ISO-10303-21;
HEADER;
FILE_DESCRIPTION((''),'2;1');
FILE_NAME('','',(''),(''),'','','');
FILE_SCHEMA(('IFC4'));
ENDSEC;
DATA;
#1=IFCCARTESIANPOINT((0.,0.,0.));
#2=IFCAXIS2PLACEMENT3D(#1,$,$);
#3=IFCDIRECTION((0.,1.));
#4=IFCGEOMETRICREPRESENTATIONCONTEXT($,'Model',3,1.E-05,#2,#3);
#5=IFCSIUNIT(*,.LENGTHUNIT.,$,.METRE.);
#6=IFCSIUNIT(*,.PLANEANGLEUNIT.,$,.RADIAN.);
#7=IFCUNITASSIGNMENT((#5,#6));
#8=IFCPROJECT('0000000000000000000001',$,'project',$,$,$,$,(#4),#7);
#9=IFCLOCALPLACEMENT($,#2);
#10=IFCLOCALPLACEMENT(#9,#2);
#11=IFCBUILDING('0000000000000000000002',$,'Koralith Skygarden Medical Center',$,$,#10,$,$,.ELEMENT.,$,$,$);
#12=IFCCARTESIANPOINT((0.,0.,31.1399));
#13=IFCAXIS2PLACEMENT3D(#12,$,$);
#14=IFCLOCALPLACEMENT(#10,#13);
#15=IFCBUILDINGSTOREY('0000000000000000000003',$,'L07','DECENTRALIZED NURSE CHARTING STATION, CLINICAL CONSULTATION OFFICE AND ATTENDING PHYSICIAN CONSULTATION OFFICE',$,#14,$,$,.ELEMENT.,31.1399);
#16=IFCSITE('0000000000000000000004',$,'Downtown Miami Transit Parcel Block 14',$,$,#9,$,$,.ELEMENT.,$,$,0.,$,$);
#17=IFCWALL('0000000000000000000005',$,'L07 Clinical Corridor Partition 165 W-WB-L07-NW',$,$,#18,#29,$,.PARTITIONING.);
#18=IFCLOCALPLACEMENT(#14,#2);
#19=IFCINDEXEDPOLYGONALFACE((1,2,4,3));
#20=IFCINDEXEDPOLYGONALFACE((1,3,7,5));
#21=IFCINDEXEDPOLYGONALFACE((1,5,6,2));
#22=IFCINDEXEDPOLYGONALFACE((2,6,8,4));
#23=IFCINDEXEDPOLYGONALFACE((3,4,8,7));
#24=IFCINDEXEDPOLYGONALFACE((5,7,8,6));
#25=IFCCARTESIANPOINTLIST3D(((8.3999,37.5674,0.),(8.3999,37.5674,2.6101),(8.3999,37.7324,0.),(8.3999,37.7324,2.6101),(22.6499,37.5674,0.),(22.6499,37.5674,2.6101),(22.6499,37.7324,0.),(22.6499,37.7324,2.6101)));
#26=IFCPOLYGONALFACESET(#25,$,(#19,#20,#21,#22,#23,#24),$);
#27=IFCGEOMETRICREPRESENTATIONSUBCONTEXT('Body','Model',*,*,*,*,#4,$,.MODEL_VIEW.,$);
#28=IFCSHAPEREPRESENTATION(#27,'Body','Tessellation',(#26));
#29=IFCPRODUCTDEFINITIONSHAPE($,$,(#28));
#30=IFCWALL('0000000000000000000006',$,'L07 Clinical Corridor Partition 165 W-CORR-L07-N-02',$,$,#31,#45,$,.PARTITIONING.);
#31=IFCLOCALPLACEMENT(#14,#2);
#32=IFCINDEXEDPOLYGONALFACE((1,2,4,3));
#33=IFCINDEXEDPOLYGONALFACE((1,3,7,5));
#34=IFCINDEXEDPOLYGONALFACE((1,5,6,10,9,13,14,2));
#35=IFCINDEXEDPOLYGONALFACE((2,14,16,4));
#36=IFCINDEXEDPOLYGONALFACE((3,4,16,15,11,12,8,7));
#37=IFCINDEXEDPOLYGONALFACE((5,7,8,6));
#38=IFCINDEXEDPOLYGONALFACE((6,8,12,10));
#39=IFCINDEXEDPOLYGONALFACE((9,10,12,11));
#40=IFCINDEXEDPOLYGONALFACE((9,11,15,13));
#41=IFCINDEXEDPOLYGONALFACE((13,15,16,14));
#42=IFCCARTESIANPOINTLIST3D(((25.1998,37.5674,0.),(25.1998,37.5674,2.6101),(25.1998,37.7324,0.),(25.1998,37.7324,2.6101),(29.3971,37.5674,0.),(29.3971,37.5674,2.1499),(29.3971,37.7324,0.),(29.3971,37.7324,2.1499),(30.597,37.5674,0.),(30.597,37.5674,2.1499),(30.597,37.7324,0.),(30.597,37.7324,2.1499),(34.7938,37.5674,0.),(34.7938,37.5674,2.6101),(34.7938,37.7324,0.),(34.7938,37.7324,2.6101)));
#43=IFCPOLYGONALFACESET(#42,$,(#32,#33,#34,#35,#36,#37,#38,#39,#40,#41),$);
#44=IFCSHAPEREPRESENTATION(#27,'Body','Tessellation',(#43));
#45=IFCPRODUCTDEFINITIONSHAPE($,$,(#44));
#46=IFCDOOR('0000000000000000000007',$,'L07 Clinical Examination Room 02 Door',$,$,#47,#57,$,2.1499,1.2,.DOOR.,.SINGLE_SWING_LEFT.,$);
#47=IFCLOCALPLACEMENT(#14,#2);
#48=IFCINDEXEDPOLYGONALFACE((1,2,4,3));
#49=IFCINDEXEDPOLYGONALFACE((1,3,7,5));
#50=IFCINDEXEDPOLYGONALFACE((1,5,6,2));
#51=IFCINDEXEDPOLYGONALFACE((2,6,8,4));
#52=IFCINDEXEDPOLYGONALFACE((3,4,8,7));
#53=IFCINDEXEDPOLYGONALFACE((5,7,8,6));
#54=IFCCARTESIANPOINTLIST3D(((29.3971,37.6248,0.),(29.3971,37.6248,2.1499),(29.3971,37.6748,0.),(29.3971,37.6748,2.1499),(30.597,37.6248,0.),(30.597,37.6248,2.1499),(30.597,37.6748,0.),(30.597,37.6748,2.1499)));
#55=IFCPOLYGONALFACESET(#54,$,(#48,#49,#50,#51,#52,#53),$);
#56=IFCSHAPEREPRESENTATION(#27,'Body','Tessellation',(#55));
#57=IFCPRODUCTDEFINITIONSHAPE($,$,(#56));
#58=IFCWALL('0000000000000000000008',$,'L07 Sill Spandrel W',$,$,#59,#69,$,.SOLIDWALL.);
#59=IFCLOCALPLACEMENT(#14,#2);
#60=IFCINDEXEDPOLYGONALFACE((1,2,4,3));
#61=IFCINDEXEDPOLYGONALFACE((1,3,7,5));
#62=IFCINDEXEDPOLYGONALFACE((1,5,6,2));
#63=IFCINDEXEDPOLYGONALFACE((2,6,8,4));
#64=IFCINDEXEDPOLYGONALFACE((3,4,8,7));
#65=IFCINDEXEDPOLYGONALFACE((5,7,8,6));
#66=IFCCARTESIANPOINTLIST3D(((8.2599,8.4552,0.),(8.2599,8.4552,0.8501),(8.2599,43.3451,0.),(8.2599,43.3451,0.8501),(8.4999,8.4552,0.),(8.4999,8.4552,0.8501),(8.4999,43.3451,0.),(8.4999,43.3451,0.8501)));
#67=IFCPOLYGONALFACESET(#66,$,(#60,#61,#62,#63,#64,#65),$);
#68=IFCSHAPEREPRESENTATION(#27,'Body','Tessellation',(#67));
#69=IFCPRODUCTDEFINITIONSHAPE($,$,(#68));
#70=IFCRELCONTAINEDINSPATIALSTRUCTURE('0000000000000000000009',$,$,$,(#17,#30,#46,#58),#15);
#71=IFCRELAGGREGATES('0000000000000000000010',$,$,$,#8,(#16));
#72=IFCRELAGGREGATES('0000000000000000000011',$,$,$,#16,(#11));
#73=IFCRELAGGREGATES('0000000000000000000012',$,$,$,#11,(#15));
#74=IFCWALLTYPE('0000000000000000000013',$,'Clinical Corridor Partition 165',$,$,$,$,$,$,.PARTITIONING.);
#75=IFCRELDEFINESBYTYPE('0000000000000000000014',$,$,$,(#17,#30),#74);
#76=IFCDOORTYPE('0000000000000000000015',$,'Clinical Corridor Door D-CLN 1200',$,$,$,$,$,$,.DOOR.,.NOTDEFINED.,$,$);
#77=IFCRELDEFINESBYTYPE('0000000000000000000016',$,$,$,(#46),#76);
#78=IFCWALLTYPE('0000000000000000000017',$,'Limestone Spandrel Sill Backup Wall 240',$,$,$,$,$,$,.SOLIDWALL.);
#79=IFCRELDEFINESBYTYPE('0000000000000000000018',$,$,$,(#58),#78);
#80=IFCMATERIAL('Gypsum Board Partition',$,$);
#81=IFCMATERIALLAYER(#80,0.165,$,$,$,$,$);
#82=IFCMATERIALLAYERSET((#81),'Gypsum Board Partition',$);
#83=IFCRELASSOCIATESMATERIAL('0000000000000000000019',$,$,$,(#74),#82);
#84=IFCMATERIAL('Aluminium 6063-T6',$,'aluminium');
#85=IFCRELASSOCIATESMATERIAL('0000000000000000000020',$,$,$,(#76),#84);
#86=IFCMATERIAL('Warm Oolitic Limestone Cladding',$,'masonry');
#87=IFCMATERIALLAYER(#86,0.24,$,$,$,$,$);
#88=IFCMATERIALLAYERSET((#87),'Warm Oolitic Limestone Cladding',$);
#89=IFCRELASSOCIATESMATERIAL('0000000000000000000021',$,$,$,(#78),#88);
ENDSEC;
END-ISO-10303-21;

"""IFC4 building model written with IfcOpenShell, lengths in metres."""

from ifc_helpers import new_model, si_unit, direction, frame, frame_2d, origin, place, context, subcontext, project, spatial, rectangle, extrude, material, layer, layer_set, type_object, element, fill, save


model = new_model("IFC4")

# Units and contexts
model_context = context("Model", 3, precision=1e-05, world=origin(), true_north=direction((0.0, 1.0)))
body_context = subcontext(model_context, "Body", "Model", "MODEL_VIEW")
ifc_project = project(units=[si_unit("LENGTHUNIT", "METRE"), si_unit("PLANEANGLEUNIT", "RADIAN")], contexts=[model_context])

# Site, building, storey
site_placement = place(None, origin())
site = spatial("IfcSite", under=ifc_project, at=site_placement, Name="Downtown Miami Transit Parcel Block 14", CompositionType="ELEMENT", RefElevation=0.0)
building_placement = place(site_placement, origin())
building = spatial("IfcBuilding", under=site, at=building_placement, Name="Koralith Skygarden Medical Center", CompositionType="ELEMENT")
storey_placement = place(building_placement, frame((0.0, 0.0, 31.1399)))
storey = spatial("IfcBuildingStorey", under=building, at=storey_placement, Name="L07", Description="DECENTRALIZED NURSE CHARTING STATION, CLINICAL CONSULTATION OFFICE AND ATTENDING PHYSICIAN CONSULTATION OFFICE", CompositionType="ELEMENT", Elevation=31.1399)

# Shared definitions
ifc_material_1 = material(Name="Aluminium 6063-T6", Category="aluminium")

# Wall
ifc_material_2 = material(Name="Gypsum Board Partition")
ifc_layer_1 = layer(ifc_material_2, 0.165)
ifc_layer_set_1 = layer_set([ifc_layer_1], Name="Gypsum Board Partition")
wall_type_1 = type_object("IfcWallType", Name="Clinical Corridor Partition 165", PredefinedType="PARTITIONING", material=ifc_layer_set_1)
wall_1_placement = place(storey_placement, frame((8.3999, 37.6499, 0.0), z_axis=(0.0, 0.0, 1.0), x_axis=(1.0, 0.0, 0.0)))
element("IfcWall", 1, at=wall_1_placement, inside=storey, type_object=wall_type_1, Name="L07 Clinical Corridor Partition 165 W-WB-L07-NW", PredefinedType="PARTITIONING", context=body_context, shape_type="SweptSolid", body=[
    extrude(rectangle(XDim=14.25, YDim=0.165, at=frame_2d((7.125, 0.0))), origin(), (0.0, 0.0, 1.0), 2.6101),
])

# Wall, opening, door
wall_2_placement = place(storey_placement, frame((25.2, 37.6499, 0.0), z_axis=(0.0, 0.0, 1.0), x_axis=(1.0, 0.0, 0.0)))
wall_2 = element("IfcWall", 2, at=wall_2_placement, inside=storey, type_object=wall_type_1, Name="L07 Clinical Corridor Partition 165 W-CORR-L07-N-02", PredefinedType="PARTITIONING", context=body_context, shape_type="SweptSolid", body=[
    extrude(rectangle(XDim=9.594, YDim=0.165, at=frame_2d((4.7969, 0.0))), origin(), (0.0, 0.0, 1.0), 2.6101),
])
opening_1_placement = place(wall_2_placement, frame((4.197, 0.0, 0.0)))
opening_1 = element("IfcOpeningElement", 3, at=opening_1_placement, cuts=wall_2, PredefinedType="OPENING", context=body_context, shape_type="SweptSolid", body=[
    extrude(rectangle(XDim=1.2, YDim=2.1499, at=frame_2d((0.6001, 1.075))), frame((0.0, 0.0925, 0.0), z_axis=(0.0, -1.0, 0.0), x_axis=(1.0, 0.0, 0.0)), (0.0, 0.0, 1.0), 0.1851),
])
door_type_1 = type_object("IfcDoorType", Name="Clinical Corridor Door D-CLN 1200", OperationType="NOTDEFINED", PredefinedType="DOOR", material=ifc_material_1)
door_1_placement = place(opening_1_placement, origin())
door_1 = element("IfcDoor", 4, at=door_1_placement, inside=storey, type_object=door_type_1, Name="L07 Clinical Examination Room 02 Door", OperationType="SINGLE_SWING_LEFT", OverallHeight=2.1499, OverallWidth=1.2, PredefinedType="DOOR", context=body_context, shape_type="SweptSolid", body=[
    extrude(rectangle(XDim=1.2, YDim=2.1499, at=frame_2d((0.6001, 1.075))), frame((0.0, 0.0249, 0.0), z_axis=(0.0, -1.0, 0.0), x_axis=(1.0, 0.0, 0.0)), (0.0, 0.0, 1.0), 0.05),
])
fill(opening_1, door_1)

# Wall
ifc_material_3 = material(Name="Warm Oolitic Limestone Cladding", Category="masonry")
ifc_layer_2 = layer(ifc_material_3, 0.24)
ifc_layer_set_2 = layer_set([ifc_layer_2], Name="Warm Oolitic Limestone Cladding")
wall_type_2 = type_object("IfcWallType", Name="Limestone Spandrel Sill Backup Wall 240", PredefinedType="SOLIDWALL", material=ifc_layer_set_2)
wall_3_placement = place(storey_placement, frame((8.3799, 43.345, 0.0), z_axis=(0.0, 0.0, 1.0), x_axis=(0.0, -1.0, 0.0)))
element("IfcWall", 5, at=wall_3_placement, inside=storey, type_object=wall_type_2, Name="L07 Sill Spandrel W", PredefinedType="SOLIDWALL", context=body_context, shape_type="SweptSolid", body=[
    extrude(rectangle(XDim=34.8899, YDim=0.24, at=frame_2d((17.4448, 0.0))), origin(), (0.0, 0.0, 1.0), 0.8501),
])

save(model, "model.ifc")
